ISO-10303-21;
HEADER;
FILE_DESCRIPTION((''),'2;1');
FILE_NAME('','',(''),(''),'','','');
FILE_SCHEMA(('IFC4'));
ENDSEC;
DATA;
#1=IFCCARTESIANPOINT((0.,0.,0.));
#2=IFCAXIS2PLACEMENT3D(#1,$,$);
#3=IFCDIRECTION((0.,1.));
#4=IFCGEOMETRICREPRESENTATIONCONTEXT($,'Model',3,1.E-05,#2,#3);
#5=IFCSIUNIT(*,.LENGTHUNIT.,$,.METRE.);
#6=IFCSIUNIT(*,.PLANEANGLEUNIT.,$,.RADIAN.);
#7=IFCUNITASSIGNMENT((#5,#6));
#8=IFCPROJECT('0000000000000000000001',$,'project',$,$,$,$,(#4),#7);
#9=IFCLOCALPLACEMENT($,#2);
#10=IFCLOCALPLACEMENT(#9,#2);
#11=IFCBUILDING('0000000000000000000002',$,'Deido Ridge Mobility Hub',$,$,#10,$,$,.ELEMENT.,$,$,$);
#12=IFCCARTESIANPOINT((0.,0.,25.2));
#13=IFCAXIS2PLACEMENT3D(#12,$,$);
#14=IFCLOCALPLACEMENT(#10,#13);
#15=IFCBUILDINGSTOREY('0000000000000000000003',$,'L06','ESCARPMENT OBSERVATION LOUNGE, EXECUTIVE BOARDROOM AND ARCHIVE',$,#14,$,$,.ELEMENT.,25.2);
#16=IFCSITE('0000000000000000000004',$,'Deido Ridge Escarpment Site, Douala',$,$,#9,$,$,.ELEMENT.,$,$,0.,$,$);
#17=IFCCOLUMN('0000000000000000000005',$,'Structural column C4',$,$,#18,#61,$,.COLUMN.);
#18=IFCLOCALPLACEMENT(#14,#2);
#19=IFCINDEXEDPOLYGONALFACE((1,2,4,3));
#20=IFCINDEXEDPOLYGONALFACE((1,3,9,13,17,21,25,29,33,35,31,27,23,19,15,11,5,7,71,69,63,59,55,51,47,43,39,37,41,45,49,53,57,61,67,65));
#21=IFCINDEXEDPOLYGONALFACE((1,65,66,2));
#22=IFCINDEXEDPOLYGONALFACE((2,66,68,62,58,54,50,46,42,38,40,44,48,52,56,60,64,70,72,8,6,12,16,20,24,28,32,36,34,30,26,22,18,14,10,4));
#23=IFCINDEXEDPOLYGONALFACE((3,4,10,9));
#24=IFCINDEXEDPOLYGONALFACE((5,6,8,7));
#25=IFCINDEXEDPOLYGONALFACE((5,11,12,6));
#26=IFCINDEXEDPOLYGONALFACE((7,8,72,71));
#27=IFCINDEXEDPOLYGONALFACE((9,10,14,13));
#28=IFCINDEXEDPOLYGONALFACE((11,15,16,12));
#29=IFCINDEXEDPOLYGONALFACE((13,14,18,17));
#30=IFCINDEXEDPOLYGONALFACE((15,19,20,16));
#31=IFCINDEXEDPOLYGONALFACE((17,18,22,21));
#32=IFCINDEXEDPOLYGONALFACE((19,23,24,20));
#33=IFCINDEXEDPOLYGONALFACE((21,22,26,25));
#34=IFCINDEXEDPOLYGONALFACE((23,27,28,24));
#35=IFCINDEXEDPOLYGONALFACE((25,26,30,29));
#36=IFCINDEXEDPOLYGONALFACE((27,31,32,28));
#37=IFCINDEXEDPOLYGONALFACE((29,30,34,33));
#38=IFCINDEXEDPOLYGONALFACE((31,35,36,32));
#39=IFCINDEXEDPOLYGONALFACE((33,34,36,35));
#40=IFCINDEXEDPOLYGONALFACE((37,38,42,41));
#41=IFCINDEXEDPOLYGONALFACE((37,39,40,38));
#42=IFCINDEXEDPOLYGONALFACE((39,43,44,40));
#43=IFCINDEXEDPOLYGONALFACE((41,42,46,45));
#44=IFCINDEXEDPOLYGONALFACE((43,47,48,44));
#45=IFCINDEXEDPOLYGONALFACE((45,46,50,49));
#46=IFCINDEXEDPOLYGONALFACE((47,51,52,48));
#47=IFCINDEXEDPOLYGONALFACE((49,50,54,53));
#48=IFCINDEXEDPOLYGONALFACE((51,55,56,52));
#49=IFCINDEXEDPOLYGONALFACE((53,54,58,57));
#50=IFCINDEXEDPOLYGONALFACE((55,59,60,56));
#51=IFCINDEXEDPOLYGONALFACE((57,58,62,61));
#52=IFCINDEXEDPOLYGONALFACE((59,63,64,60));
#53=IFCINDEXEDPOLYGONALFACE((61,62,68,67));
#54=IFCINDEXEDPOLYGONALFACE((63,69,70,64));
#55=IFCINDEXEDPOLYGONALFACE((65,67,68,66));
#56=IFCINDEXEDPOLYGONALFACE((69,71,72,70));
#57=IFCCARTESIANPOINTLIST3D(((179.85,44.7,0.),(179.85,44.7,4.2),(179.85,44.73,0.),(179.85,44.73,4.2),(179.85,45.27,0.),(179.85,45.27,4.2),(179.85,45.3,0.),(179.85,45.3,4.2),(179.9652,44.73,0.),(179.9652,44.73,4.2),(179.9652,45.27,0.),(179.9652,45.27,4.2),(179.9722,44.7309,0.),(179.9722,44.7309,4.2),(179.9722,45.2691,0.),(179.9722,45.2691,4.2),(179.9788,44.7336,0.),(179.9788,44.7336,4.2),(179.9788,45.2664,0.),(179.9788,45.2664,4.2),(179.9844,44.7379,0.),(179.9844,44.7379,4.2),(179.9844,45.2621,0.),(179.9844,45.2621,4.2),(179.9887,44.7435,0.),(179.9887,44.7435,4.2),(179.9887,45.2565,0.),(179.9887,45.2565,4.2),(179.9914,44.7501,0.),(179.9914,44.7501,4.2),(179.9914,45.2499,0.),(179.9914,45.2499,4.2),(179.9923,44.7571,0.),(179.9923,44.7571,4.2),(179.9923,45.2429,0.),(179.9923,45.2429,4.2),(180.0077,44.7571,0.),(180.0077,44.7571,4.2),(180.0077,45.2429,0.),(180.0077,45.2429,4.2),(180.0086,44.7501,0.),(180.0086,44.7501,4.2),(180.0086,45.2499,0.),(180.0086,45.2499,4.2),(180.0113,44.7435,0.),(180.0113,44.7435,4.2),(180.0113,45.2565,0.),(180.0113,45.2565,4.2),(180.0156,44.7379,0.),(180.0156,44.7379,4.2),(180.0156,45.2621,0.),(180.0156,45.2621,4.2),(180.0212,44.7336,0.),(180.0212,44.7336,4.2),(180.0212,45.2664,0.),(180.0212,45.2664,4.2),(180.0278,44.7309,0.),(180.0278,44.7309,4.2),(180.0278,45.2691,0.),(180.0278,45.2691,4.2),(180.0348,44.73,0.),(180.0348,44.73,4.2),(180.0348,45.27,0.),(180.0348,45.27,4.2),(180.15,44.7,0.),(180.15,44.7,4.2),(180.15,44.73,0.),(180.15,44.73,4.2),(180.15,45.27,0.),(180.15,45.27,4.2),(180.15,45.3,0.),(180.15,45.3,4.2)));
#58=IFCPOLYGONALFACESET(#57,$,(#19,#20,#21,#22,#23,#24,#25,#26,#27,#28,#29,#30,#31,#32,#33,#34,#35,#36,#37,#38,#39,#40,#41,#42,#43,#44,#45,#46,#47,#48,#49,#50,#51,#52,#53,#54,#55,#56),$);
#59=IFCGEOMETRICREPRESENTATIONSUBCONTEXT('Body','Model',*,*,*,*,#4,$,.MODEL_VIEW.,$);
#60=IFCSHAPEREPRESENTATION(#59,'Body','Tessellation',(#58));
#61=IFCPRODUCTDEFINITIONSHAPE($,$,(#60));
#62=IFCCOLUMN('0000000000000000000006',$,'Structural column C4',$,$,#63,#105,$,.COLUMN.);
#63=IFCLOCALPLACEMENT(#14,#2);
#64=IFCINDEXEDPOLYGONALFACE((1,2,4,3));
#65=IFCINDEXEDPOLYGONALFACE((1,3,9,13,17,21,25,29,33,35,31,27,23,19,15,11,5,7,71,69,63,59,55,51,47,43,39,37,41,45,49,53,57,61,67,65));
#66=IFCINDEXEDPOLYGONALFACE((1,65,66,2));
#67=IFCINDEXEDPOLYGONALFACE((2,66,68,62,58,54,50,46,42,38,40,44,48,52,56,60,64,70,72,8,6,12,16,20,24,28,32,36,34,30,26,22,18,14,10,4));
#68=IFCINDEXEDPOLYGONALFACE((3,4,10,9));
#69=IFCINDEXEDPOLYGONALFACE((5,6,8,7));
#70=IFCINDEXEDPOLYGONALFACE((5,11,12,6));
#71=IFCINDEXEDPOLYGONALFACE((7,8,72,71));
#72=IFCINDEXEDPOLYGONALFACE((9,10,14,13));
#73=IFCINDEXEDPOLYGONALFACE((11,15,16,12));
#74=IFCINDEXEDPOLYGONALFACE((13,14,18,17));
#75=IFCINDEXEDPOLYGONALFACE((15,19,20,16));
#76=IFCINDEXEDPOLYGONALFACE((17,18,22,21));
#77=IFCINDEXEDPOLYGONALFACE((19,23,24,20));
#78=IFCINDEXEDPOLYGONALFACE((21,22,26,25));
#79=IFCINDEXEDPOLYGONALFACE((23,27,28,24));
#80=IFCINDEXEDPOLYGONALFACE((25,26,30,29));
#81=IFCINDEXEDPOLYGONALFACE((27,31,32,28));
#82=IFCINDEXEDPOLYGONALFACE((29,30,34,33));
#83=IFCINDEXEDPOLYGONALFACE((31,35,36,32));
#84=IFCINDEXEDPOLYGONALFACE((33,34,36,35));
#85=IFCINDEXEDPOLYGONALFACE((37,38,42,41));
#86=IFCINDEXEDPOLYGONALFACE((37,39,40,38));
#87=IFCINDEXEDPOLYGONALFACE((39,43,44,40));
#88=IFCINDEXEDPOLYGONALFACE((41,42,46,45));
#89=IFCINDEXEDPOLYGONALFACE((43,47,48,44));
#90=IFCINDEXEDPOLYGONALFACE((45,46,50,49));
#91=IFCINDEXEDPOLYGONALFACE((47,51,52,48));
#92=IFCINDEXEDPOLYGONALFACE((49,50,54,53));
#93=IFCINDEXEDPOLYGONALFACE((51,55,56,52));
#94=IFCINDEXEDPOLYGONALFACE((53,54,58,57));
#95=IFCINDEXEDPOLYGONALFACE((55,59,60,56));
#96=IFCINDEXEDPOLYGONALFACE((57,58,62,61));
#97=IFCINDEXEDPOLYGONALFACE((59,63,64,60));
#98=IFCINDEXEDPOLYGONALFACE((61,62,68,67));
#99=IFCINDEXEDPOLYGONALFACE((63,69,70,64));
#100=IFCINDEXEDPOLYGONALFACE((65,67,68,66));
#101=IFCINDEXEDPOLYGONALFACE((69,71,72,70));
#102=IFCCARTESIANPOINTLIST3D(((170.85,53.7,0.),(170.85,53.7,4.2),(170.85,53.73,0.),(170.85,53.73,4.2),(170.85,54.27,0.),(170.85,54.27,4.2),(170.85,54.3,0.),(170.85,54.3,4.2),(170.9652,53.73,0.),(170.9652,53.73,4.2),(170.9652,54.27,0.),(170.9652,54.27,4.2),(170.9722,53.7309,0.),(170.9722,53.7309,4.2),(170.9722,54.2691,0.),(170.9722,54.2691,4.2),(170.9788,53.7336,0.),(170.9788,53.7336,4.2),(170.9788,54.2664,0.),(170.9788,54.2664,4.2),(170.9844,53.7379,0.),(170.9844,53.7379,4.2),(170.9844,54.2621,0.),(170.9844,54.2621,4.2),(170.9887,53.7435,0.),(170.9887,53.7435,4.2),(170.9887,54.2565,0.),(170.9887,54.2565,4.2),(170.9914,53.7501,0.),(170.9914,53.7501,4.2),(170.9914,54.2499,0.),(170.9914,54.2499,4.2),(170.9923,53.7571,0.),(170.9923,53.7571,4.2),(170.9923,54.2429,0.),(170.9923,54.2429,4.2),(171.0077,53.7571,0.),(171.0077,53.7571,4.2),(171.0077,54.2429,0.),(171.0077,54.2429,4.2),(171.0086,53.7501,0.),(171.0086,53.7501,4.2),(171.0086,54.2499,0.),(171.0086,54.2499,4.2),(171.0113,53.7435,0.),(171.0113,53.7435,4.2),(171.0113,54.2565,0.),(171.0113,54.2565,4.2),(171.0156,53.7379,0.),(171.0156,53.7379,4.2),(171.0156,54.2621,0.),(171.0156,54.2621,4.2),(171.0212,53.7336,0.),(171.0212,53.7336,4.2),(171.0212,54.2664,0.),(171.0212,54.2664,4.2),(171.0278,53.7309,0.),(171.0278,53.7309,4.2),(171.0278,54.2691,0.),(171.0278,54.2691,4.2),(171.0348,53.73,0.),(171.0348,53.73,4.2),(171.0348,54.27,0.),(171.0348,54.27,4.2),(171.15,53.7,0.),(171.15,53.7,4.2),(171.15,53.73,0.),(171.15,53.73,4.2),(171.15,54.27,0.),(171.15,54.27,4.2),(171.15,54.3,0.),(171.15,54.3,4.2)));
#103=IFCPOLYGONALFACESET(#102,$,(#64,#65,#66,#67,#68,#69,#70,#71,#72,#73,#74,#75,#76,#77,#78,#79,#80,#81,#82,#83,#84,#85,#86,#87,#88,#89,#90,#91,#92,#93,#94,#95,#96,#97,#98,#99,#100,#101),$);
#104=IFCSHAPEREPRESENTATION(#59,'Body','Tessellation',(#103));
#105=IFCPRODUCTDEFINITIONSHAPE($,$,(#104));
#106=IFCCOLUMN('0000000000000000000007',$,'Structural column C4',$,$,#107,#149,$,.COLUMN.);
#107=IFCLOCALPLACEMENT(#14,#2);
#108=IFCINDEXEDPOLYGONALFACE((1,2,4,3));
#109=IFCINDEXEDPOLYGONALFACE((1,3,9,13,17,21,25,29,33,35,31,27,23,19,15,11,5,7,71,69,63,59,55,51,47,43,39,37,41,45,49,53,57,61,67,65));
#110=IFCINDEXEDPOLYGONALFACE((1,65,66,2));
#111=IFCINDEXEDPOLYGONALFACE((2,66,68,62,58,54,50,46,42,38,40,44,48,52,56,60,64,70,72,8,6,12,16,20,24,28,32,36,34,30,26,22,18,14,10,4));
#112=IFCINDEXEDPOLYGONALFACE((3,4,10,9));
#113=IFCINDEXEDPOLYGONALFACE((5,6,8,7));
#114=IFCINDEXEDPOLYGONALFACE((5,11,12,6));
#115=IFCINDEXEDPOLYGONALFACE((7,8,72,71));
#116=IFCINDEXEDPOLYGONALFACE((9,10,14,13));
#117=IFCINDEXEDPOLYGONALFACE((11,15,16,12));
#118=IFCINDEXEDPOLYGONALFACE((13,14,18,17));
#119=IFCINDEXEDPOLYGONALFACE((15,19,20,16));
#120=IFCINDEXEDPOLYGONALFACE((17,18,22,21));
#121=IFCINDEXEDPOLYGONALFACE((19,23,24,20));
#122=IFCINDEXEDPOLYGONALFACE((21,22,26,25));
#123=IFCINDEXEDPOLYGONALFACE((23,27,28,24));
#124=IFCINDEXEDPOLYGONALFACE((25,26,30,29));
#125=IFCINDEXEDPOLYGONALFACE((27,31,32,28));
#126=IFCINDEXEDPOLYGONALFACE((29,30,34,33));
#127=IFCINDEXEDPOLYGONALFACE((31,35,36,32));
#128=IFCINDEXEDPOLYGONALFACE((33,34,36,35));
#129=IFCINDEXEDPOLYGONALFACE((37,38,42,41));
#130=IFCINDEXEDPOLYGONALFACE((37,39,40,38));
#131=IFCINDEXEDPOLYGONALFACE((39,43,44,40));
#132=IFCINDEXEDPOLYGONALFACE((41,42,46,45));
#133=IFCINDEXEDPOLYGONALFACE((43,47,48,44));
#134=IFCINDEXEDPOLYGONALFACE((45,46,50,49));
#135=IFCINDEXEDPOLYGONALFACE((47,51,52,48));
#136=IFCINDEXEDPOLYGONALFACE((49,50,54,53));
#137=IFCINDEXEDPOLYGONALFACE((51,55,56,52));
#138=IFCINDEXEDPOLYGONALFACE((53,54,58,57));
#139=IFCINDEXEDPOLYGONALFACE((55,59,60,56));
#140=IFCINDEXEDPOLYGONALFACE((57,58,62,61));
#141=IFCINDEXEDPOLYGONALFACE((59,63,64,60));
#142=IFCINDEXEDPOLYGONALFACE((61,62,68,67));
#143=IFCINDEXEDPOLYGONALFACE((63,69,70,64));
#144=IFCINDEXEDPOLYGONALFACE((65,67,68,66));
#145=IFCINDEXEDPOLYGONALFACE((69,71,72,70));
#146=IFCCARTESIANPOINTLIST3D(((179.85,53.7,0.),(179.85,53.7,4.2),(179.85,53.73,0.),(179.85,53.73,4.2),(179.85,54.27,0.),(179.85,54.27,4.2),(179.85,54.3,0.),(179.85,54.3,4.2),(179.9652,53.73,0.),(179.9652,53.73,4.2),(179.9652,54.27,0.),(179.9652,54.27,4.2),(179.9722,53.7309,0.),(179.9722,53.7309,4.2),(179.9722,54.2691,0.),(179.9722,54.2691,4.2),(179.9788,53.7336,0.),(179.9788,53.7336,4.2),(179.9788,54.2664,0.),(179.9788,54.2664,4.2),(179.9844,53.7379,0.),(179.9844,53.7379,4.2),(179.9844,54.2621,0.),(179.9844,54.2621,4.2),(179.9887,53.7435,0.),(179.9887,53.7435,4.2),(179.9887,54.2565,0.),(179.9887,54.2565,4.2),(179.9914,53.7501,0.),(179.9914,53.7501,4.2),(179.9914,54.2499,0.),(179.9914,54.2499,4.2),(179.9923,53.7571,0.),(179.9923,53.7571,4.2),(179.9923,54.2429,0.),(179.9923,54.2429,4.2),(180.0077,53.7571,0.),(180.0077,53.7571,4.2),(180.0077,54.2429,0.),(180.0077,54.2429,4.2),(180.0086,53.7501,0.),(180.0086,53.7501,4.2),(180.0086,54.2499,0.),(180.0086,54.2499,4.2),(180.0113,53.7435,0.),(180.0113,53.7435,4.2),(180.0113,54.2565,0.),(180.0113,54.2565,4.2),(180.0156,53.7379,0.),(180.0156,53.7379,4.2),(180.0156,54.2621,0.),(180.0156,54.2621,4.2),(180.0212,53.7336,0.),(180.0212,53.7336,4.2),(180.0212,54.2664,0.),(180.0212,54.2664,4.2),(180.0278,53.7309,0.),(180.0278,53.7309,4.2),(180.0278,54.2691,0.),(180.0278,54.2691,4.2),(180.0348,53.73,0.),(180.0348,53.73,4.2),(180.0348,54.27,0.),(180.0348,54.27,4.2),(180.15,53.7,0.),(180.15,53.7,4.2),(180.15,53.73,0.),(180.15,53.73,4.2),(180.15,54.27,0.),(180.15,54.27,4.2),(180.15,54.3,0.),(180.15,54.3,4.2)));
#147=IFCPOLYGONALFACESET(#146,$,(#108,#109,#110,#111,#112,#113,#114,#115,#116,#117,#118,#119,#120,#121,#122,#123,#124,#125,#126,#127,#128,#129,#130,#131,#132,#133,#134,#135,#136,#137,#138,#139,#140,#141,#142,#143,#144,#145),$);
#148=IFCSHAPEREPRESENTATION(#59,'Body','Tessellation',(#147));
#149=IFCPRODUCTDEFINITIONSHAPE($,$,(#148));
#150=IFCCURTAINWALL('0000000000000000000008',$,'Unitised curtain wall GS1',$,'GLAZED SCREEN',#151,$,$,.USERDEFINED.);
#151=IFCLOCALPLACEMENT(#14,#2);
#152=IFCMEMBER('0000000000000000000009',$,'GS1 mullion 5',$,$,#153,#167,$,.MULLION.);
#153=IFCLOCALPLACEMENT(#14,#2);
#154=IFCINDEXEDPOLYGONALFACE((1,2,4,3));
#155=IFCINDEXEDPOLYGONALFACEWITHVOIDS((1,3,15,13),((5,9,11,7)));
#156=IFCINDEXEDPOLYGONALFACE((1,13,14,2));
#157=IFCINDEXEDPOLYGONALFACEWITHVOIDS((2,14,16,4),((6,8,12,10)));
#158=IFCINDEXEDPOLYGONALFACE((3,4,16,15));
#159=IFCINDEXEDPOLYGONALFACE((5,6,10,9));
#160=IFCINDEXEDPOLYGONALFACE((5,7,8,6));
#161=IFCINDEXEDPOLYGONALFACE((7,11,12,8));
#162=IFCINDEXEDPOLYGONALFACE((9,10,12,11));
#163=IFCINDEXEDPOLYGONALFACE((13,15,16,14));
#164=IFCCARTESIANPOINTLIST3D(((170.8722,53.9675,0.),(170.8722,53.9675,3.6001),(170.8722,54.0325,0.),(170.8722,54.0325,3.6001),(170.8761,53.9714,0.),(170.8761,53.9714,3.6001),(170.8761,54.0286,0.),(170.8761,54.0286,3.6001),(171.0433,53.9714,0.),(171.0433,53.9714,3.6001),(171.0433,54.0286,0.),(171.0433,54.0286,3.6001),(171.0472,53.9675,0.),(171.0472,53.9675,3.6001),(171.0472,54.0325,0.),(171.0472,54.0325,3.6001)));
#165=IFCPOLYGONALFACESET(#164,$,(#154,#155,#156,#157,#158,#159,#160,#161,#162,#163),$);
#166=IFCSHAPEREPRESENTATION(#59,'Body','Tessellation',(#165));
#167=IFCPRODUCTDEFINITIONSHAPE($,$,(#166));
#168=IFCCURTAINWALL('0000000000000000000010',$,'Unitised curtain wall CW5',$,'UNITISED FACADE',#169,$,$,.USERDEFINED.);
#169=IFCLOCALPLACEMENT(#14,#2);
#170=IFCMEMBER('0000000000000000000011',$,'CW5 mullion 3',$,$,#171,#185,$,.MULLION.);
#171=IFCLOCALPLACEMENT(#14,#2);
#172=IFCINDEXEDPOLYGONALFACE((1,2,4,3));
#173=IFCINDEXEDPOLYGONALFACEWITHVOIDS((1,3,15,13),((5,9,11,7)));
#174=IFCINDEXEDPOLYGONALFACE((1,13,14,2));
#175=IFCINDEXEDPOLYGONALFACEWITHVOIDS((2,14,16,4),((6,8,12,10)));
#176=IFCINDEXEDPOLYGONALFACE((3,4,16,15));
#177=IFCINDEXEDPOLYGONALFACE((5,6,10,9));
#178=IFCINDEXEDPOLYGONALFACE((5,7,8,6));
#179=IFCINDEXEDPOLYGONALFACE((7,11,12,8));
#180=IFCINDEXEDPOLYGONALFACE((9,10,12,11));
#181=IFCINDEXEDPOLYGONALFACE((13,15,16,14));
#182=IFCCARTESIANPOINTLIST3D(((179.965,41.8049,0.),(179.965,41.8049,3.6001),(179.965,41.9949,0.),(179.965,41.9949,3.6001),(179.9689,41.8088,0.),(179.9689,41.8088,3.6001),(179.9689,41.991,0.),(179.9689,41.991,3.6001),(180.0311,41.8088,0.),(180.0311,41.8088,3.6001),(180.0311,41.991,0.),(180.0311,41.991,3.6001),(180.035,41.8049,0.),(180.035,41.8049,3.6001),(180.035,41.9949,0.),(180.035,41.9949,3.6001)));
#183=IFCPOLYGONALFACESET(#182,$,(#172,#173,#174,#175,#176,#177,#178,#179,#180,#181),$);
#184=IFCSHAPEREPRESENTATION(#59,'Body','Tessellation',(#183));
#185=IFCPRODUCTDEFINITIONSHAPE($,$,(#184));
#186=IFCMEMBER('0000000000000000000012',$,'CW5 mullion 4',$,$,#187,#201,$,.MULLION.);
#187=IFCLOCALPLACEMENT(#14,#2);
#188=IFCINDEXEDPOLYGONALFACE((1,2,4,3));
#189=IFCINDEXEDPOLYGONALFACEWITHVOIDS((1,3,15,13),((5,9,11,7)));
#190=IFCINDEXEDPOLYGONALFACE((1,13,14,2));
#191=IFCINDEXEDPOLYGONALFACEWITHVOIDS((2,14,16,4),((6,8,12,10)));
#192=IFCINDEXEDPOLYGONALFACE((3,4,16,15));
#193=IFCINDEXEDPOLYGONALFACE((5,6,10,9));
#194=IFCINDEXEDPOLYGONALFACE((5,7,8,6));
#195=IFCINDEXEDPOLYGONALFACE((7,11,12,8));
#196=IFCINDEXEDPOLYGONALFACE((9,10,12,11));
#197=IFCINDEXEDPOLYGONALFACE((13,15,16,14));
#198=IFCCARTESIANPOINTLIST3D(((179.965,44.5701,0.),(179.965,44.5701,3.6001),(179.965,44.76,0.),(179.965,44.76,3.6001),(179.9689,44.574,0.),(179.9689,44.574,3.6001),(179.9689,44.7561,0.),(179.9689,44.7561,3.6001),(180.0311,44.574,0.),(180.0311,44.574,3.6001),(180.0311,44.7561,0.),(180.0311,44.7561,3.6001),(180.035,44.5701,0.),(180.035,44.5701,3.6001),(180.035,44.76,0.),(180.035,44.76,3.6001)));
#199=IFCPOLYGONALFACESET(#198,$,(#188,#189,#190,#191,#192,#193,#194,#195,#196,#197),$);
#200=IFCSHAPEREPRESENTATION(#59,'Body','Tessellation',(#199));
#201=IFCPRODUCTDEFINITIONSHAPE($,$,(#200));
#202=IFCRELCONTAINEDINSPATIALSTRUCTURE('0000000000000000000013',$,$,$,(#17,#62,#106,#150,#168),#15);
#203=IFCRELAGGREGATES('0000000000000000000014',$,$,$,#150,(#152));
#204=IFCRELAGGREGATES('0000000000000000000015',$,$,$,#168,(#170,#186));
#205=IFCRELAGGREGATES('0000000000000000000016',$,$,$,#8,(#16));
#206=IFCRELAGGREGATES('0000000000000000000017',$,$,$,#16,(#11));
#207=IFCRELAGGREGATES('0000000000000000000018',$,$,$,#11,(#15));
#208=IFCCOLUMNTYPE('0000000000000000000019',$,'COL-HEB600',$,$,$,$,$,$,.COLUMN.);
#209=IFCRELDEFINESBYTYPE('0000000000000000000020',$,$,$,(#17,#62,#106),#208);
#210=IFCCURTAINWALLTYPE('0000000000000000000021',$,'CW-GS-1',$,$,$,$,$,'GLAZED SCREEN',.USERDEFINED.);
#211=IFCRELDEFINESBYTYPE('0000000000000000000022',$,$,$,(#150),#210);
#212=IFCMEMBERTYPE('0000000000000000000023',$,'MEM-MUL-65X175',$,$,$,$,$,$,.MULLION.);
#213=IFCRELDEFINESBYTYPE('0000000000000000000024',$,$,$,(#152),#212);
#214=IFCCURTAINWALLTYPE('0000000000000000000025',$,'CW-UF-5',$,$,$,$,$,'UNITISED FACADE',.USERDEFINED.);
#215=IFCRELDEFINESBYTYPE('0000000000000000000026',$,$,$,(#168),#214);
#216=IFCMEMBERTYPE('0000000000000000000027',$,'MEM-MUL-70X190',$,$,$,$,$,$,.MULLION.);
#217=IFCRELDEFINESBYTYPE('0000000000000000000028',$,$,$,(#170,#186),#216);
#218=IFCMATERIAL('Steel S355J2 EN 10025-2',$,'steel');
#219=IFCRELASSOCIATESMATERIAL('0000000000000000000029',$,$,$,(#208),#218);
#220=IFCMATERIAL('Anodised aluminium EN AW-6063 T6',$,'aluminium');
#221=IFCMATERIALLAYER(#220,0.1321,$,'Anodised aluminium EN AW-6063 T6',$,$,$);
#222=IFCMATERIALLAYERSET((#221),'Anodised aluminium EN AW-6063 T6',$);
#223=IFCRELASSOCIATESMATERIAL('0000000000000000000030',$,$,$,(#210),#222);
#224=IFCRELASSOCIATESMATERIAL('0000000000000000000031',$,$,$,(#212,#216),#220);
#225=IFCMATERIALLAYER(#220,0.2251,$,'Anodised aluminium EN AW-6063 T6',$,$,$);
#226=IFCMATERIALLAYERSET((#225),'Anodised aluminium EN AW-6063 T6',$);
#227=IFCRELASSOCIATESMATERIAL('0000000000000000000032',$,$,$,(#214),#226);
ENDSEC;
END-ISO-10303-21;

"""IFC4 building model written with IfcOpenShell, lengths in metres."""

from ifc_helpers import new_model, si_unit, direction, frame, origin, origin_2d, place, context, subcontext, project, spatial, hollow_rectangle, i_section, extrude, material, layer, layer_set, material_profile, profile_set, type_object, element, aggregate, save


model = new_model("IFC4")

# Units and contexts
model_context = context("Model", 3, precision=1e-05, world=origin(), true_north=direction((0.0, 1.0)))
body_context = subcontext(model_context, "Body", "Model", "MODEL_VIEW")
ifc_project = project(units=[si_unit("LENGTHUNIT", "METRE"), si_unit("PLANEANGLEUNIT", "RADIAN")], contexts=[model_context])

# Site, building, storey
site_placement = place(None, origin())
site = spatial("IfcSite", under=ifc_project, at=site_placement, Name="Deido Ridge Escarpment Site, Douala", CompositionType="ELEMENT", RefElevation=0.0)
building_placement = place(site_placement, origin())
building = spatial("IfcBuilding", under=site, at=building_placement, Name="Deido Ridge Mobility Hub", CompositionType="ELEMENT")
storey_placement = place(building_placement, frame((0.0, 0.0, 25.2)))
storey = spatial("IfcBuildingStorey", under=building, at=storey_placement, Name="L06", Description="ESCARPMENT OBSERVATION LOUNGE, EXECUTIVE BOARDROOM AND ARCHIVE", CompositionType="ELEMENT", Elevation=25.2)

# Columns
ifc_material_1 = material(Name="Steel S355J2 EN 10025-2", Category="steel")
ifc_material_profile_1 = material_profile(ifc_material_1, i_section(OverallWidth=0.3, OverallDepth=0.6001, WebThickness=0.0154, FlangeThickness=0.03, FilletRadius=0.0271, at=origin_2d()), Name="HEB 600")
ifc_profile_set_1 = profile_set([ifc_material_profile_1], Name="Steel S355J2 EN 10025-2")
column_type = type_object("IfcColumnType", Name="COL-HEB600", PredefinedType="COLUMN", material=ifc_profile_set_1)
for number, where, z_axis, x_axis, name in (
    (1, (180.0, 45.0, 0.0), (0.0, 0.0, 1.0), (1.0, 0.0, 0.0), "Structural column C4"),
    (2, (171.0, 54.0, 0.0), (0.0, 0.0, 1.0), (1.0, 0.0, 0.0), "Structural column C4"),
    (3, (180.0, 54.0, 0.0), (0.0, 0.0, 1.0), (1.0, 0.0, 0.0), "Structural column C4"),
):
    element("IfcColumn", number, at=place(storey_placement, frame(where, z_axis=z_axis, x_axis=x_axis)), inside=storey, type_object=column_type, Name=name, PredefinedType="COLUMN", context=body_context, shape_type="SweptSolid", body=[
        extrude(i_section(OverallWidth=0.3, OverallDepth=0.6001, WebThickness=0.0154, FlangeThickness=0.03, FilletRadius=0.0271, at=origin_2d()), origin(), (0.0, 0.0, 1.0), 4.2),
    ])

# Curtain wall, member
ifc_material_2 = material(Name="Anodised aluminium EN AW-6063 T6", Category="aluminium")
ifc_layer_1 = layer(ifc_material_2, 0.1321, Name="Anodised aluminium EN AW-6063 T6")
ifc_layer_set_1 = layer_set([ifc_layer_1], Name="Anodised aluminium EN AW-6063 T6")
curtain_wall_type_1 = type_object("IfcCurtainWallType", Name="CW-GS-1", ElementType="GLAZED SCREEN", PredefinedType="USERDEFINED", material=ifc_layer_set_1)
curtain_wall_1_placement = place(storey_placement, origin())
curtain_wall_1 = element("IfcCurtainWall", 4, at=curtain_wall_1_placement, inside=storey, type_object=curtain_wall_type_1, Name="Unitised curtain wall GS1", ObjectType="GLAZED SCREEN", PredefinedType="USERDEFINED")
ifc_material_profile_2 = material_profile(ifc_material_2, hollow_rectangle(XDim=0.0649, YDim=0.175, WallThickness=0.0039, at=origin_2d()), Name="RHS 65x175x4")
ifc_profile_set_2 = profile_set([ifc_material_profile_2], Name="Anodised aluminium EN AW-6063 T6")
member_type_1 = type_object("IfcMemberType", Name="MEM-MUL-65X175", PredefinedType="MULLION", material=ifc_profile_set_2)
member_1_placement = place(storey_placement, frame((170.9597, 54.0, 0.0), z_axis=(0.0, 0.0, 1.0), x_axis=(0.0, 1.0, 0.0)))
member_1 = element("IfcMember", 5, at=member_1_placement, type_object=member_type_1, Name="GS1 mullion 5", PredefinedType="MULLION", context=body_context, shape_type="SweptSolid", body=[
    extrude(hollow_rectangle(XDim=0.0649, YDim=0.175, WallThickness=0.0039, at=origin_2d()), origin(), (0.0, 0.0, 1.0), 3.6001),
])

# Curtain wall, members
ifc_layer_2 = layer(ifc_material_2, 0.2251, Name="Anodised aluminium EN AW-6063 T6")
ifc_layer_set_2 = layer_set([ifc_layer_2], Name="Anodised aluminium EN AW-6063 T6")
curtain_wall_type_2 = type_object("IfcCurtainWallType", Name="CW-UF-5", ElementType="UNITISED FACADE", PredefinedType="USERDEFINED", material=ifc_layer_set_2)
curtain_wall_2_placement = place(storey_placement, origin())
curtain_wall_2 = element("IfcCurtainWall", 6, at=curtain_wall_2_placement, inside=storey, type_object=curtain_wall_type_2, Name="Unitised curtain wall CW5", ObjectType="UNITISED FACADE", PredefinedType="USERDEFINED")
ifc_material_profile_3 = material_profile(ifc_material_2, hollow_rectangle(XDim=0.0701, YDim=0.1899, WallThickness=0.0039, at=origin_2d()), Name="RHS 70x190x4")
ifc_profile_set_3 = profile_set([ifc_material_profile_3], Name="Anodised aluminium EN AW-6063 T6")
member_type_2 = type_object("IfcMemberType", Name="MEM-MUL-70X190", PredefinedType="MULLION", material=ifc_profile_set_3)
member_2_placement = place(storey_placement, frame((180.0, 41.8999, 0.0), z_axis=(0.0, 0.0, 1.0), x_axis=(-1.0, 0.0, 0.0)))
member_2 = element("IfcMember", 7, at=member_2_placement, type_object=member_type_2, Name="CW5 mullion 3", PredefinedType="MULLION", context=body_context, shape_type="SweptSolid", body=[
    extrude(hollow_rectangle(XDim=0.0701, YDim=0.1899, WallThickness=0.0039, at=origin_2d()), origin(), (0.0, 0.0, 1.0), 3.6001),
])
member_3_placement = place(storey_placement, frame((180.0, 44.665, 0.0), z_axis=(0.0, 0.0, 1.0), x_axis=(-1.0, 0.0, 0.0)))
member_3 = element("IfcMember", 8, at=member_3_placement, type_object=member_type_2, Name="CW5 mullion 4", PredefinedType="MULLION", context=body_context, shape_type="SweptSolid", body=[
    extrude(hollow_rectangle(XDim=0.0701, YDim=0.1899, WallThickness=0.0039, at=origin_2d()), origin(), (0.0, 0.0, 1.0), 3.6001),
])

aggregate(curtain_wall_1, [member_1])
aggregate(curtain_wall_2, [member_2, member_3])

save(model, "model.ifc")
